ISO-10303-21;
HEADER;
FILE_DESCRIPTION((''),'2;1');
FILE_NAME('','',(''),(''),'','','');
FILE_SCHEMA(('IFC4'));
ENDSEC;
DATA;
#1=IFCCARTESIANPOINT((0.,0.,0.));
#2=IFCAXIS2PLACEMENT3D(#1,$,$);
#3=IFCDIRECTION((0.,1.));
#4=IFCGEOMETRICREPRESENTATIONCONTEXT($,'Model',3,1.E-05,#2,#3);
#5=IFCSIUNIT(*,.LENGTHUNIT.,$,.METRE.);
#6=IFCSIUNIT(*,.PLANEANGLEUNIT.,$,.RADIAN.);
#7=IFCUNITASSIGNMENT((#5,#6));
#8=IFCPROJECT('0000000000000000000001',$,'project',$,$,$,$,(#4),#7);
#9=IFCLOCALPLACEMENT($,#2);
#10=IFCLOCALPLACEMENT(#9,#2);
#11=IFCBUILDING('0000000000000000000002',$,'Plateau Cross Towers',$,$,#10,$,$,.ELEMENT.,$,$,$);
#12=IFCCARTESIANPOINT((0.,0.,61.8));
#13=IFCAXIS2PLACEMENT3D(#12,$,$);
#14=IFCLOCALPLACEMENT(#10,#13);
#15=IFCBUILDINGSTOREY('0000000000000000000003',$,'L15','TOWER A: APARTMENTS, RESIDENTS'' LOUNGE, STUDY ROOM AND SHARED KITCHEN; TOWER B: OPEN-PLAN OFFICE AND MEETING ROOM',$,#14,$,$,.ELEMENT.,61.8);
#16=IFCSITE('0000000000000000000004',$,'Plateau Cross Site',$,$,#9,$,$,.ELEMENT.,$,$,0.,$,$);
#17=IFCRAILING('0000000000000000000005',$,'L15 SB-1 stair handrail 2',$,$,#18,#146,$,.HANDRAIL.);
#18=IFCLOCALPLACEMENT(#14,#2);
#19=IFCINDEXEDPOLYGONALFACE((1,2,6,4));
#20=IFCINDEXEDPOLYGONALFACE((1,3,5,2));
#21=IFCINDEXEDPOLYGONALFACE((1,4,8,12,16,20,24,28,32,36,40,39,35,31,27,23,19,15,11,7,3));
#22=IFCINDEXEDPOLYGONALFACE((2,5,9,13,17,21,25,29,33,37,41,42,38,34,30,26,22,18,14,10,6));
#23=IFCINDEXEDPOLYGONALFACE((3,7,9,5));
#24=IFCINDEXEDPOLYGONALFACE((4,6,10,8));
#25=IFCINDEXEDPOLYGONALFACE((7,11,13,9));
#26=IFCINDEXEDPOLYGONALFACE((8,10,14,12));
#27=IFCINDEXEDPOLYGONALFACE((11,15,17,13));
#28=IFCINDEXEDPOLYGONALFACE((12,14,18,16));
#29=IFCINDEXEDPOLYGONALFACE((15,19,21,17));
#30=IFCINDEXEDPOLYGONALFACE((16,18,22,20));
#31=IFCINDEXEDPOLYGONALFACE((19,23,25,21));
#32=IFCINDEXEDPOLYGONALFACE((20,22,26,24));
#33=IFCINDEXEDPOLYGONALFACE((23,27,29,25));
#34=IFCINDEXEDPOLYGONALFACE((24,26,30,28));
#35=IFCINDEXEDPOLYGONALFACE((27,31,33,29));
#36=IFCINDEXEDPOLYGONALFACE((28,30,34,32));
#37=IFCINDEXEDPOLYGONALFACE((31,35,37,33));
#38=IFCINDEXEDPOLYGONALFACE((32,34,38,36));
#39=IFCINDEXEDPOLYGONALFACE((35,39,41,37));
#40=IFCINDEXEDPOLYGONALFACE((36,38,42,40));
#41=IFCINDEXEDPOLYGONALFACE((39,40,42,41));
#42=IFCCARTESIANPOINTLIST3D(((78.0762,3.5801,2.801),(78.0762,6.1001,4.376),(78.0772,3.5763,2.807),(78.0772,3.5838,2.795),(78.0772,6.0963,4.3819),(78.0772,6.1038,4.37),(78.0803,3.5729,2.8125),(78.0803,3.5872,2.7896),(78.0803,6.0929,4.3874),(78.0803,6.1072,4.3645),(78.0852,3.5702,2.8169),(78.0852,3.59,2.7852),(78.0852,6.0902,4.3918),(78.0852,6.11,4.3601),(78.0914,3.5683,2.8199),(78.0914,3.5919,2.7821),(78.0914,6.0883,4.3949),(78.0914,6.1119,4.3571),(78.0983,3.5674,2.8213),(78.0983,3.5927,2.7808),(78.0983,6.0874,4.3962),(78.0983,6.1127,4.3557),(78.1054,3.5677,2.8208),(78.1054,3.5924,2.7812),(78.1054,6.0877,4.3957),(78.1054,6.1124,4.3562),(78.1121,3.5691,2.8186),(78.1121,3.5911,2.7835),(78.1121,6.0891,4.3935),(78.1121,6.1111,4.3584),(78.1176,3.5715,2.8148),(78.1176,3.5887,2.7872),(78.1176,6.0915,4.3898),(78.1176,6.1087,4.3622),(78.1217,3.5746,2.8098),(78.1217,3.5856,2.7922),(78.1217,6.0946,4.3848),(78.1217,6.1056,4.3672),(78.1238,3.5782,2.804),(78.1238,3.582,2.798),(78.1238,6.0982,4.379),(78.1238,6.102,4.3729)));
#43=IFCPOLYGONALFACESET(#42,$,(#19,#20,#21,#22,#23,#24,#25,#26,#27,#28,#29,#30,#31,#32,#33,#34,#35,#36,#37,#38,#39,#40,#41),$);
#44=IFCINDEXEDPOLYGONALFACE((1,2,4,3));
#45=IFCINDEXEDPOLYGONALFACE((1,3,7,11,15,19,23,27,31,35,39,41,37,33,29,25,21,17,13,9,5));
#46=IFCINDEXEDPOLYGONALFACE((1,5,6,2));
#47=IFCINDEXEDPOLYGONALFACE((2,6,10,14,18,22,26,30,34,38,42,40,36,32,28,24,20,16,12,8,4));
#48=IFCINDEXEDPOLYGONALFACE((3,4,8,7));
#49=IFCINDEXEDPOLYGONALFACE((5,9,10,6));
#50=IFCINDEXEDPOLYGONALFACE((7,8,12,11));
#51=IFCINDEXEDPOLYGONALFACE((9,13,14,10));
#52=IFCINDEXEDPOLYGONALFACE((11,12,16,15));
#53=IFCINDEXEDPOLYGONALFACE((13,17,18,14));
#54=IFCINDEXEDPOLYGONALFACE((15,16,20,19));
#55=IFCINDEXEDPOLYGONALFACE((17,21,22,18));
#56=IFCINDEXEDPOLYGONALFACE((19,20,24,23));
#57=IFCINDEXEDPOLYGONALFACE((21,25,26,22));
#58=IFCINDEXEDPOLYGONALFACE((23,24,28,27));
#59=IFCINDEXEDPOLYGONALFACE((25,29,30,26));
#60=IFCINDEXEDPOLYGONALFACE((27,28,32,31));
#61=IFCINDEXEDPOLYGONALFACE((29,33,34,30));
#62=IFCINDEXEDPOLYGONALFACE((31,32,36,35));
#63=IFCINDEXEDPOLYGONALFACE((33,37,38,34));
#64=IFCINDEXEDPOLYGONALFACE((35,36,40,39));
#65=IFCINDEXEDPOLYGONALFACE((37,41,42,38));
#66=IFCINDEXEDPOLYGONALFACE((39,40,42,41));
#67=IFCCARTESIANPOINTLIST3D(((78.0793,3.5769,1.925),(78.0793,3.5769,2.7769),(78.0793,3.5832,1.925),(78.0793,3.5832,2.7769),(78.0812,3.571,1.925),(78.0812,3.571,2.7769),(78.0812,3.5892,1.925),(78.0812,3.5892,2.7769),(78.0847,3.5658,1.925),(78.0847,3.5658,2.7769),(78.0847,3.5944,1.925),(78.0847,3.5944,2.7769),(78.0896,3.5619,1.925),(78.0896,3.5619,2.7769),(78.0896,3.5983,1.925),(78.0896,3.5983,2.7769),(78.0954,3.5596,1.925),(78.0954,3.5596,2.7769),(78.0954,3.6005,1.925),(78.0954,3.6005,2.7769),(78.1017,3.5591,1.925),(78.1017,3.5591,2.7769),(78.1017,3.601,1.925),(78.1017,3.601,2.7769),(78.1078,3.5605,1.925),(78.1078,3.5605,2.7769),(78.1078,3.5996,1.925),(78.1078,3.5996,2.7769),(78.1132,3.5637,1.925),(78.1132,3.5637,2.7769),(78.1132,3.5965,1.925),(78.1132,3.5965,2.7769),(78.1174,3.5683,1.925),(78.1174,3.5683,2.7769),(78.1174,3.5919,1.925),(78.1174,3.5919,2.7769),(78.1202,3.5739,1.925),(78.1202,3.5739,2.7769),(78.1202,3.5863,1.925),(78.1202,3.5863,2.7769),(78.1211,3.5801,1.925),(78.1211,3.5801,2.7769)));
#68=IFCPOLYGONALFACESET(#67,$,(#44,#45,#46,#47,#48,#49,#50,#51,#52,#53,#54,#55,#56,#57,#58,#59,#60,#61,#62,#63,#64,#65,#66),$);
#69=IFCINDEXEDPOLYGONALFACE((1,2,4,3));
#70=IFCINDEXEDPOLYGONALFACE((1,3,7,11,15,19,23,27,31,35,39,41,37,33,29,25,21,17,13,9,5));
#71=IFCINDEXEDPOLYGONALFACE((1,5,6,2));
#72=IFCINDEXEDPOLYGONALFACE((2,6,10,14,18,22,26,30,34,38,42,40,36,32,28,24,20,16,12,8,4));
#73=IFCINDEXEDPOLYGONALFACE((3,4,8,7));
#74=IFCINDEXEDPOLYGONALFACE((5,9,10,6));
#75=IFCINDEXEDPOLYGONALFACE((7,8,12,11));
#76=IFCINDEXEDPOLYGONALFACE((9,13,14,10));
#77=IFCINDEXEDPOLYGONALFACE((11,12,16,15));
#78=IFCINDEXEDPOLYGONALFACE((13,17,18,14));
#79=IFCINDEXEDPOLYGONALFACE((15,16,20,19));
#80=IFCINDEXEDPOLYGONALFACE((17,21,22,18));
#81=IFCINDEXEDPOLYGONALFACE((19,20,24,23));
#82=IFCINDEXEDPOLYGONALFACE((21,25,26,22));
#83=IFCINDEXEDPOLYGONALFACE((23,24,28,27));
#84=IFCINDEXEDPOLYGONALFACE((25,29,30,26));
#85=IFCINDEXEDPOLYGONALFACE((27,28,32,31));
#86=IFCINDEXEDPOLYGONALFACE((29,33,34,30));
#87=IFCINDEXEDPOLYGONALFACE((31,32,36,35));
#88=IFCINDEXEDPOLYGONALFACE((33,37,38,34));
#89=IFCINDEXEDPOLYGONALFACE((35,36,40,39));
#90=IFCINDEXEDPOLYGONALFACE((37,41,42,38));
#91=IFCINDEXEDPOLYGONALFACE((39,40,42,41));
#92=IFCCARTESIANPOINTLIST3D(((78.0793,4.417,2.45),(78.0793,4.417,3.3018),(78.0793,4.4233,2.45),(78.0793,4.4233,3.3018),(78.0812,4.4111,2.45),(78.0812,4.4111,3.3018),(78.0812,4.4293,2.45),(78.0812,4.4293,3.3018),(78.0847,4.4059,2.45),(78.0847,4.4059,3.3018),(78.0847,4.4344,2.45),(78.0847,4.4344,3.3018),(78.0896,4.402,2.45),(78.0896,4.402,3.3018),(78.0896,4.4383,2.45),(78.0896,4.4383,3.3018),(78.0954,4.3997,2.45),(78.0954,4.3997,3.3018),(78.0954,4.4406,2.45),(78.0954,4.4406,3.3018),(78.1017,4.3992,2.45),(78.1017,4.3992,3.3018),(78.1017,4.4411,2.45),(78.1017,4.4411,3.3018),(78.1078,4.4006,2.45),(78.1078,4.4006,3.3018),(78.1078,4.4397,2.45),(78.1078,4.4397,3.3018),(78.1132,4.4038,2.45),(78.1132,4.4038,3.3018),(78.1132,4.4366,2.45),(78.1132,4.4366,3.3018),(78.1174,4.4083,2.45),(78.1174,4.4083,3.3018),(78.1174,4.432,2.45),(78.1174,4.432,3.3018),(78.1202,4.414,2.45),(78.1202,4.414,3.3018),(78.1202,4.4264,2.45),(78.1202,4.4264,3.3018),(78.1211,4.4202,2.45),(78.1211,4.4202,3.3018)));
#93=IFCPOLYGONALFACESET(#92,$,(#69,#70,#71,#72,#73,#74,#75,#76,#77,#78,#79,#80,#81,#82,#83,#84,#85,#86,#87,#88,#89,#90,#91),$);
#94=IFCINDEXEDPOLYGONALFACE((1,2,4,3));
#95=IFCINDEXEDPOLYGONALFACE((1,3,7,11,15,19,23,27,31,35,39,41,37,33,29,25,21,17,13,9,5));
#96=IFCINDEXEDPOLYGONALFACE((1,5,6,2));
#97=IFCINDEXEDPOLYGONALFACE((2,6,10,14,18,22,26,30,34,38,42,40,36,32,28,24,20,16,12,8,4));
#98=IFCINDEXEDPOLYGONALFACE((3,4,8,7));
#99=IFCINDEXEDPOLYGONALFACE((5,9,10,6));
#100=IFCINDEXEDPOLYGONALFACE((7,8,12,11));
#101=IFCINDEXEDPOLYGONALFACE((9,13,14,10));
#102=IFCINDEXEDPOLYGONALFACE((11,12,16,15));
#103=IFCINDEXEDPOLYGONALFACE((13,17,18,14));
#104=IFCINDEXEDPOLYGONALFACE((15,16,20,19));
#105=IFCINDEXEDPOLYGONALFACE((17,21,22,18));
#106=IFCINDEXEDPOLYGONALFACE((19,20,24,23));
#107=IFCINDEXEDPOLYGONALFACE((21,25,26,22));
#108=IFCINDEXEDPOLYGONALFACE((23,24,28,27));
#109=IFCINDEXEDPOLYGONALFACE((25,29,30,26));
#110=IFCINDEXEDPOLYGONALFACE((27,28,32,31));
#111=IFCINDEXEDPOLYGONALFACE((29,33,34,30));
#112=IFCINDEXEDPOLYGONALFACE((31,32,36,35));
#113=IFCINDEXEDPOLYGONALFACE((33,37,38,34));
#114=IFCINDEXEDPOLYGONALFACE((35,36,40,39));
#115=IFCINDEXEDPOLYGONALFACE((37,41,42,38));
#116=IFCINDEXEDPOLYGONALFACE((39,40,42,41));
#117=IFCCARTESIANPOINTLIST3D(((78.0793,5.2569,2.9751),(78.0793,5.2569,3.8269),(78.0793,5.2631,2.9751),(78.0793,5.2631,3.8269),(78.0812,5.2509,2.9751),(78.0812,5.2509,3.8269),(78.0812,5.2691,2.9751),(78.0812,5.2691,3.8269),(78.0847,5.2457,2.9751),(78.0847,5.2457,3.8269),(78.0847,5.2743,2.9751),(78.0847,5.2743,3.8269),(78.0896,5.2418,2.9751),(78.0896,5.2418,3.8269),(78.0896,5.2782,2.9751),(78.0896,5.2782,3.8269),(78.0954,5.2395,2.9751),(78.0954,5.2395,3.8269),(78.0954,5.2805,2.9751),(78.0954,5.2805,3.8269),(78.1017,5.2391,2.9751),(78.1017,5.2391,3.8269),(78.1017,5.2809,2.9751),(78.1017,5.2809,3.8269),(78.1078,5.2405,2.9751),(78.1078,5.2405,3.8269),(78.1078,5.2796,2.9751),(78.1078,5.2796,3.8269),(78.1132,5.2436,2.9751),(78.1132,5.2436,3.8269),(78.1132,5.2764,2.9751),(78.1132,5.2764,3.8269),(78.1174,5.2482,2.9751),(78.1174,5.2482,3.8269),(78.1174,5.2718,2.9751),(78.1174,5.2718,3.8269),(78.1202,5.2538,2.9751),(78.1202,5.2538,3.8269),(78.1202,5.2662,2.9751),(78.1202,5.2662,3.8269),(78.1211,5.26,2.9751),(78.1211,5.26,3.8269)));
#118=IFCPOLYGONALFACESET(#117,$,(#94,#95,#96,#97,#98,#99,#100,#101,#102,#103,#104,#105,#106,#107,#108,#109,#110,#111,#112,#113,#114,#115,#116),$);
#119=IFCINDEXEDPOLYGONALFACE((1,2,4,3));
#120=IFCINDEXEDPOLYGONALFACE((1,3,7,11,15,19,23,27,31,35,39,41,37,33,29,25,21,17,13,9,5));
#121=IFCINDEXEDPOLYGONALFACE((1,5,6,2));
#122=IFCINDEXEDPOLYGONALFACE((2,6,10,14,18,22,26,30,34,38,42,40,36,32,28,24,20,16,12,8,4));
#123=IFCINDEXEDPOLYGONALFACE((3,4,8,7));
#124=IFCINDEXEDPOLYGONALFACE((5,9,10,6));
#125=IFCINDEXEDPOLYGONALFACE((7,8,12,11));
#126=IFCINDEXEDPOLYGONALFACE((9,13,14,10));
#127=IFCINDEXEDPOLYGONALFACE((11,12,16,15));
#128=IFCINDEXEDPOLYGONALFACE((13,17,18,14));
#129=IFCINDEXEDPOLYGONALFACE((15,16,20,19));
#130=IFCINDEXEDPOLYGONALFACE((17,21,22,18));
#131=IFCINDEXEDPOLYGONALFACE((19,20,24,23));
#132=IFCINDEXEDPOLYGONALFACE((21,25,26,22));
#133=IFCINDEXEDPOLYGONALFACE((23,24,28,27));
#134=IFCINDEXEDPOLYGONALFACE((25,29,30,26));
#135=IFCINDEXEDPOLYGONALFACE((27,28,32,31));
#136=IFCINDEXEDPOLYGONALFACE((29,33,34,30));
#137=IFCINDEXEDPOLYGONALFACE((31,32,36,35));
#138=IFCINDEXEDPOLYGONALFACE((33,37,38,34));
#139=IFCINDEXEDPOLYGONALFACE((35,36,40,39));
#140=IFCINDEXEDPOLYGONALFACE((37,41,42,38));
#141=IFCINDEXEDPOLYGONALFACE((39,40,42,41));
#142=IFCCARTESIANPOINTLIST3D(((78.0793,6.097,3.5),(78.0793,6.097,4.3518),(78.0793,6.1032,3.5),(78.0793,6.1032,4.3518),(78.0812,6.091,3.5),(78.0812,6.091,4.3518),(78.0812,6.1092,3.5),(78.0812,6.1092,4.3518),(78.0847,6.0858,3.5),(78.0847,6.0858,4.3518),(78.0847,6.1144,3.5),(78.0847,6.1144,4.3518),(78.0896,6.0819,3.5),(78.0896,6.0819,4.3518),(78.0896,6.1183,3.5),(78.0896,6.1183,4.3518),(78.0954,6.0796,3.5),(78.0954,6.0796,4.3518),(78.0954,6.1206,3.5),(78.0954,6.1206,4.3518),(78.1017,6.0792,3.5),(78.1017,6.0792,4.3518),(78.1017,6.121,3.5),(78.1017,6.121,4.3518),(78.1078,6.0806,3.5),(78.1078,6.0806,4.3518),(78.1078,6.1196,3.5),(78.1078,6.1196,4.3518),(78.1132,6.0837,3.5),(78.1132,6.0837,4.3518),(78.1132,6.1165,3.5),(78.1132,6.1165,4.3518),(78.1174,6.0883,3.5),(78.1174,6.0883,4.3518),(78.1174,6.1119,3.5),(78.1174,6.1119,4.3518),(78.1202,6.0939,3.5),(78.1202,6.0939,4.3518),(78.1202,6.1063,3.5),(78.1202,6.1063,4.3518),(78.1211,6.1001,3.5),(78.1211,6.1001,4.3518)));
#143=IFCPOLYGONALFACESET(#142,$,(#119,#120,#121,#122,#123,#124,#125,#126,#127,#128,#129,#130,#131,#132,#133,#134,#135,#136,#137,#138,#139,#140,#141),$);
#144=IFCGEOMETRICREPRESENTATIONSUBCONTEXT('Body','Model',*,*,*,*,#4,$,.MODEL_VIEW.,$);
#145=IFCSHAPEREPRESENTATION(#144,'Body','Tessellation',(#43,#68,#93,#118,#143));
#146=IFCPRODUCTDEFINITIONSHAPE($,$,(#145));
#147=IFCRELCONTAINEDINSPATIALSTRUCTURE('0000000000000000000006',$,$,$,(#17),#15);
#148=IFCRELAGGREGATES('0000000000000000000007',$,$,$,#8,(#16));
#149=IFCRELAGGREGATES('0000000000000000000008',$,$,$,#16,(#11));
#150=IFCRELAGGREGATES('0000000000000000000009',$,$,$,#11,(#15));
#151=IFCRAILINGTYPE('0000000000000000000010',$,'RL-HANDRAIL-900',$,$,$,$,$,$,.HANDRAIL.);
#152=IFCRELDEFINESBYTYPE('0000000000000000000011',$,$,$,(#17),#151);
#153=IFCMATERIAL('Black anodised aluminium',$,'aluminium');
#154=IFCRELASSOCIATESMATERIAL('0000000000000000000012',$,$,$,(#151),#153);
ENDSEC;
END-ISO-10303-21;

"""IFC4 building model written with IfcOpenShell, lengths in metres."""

from ifc_helpers import new_model, si_unit, direction, frame, origin, origin_2d, place, context, subcontext, project, spatial, circle, extrude, material, type_object, element, save


model = new_model("IFC4")

# Units and contexts
model_context = context("Model", 3, precision=1e-05, world=origin(), true_north=direction((0.0, 1.0)))
body_context = subcontext(model_context, "Body", "Model", "MODEL_VIEW")
ifc_project = project(units=[si_unit("LENGTHUNIT", "METRE"), si_unit("PLANEANGLEUNIT", "RADIAN")], contexts=[model_context])

# Site, building, storey
site_placement = place(None, origin())
site = spatial("IfcSite", under=ifc_project, at=site_placement, Name="Plateau Cross Site", CompositionType="ELEMENT", RefElevation=0.0)
building_placement = place(site_placement, origin())
building = spatial("IfcBuilding", under=site, at=building_placement, Name="Plateau Cross Towers", CompositionType="ELEMENT")
storey_placement = place(building_placement, frame((0.0, 0.0, 61.8)))
storey = spatial("IfcBuildingStorey", under=building, at=storey_placement, Name="L15", Description="TOWER A: APARTMENTS, RESIDENTS' LOUNGE, STUDY ROOM AND SHARED KITCHEN; TOWER B: OPEN-PLAN OFFICE AND MEETING ROOM", CompositionType="ELEMENT", Elevation=61.8)

# Railing
ifc_material_1 = material(Name="Black anodised aluminium", Category="aluminium")
railing_type_1 = type_object("IfcRailingType", Name="RL-HANDRAIL-900", PredefinedType="HANDRAIL", material=ifc_material_1)
railing_1_placement = place(storey_placement, frame((78.1001, 3.5801, 1.925)))
element("IfcRailing", 1, at=railing_1_placement, inside=storey, type_object=railing_type_1, Name="L15 SB-1 stair handrail 2", PredefinedType="HANDRAIL", context=body_context, shape_type="SweptSolid", body=[
    extrude(circle(Radius=0.0239, at=origin_2d()), frame((0.0, 0.0, 0.876), z_axis=(0.0, 0.848008, 0.529984), x_axis=(-1.0, 0.0, 0.0)), (0.0, 0.0, 1.0), 2.9717),
    extrude(circle(Radius=0.021, at=origin_2d()), origin(), (0.0, 0.0, 1.0), 0.8518),
    extrude(circle(Radius=0.021, at=origin_2d()), frame((0.0, 0.8401, 0.5249)), (0.0, 0.0, 1.0), 0.8518),
    extrude(circle(Radius=0.021, at=origin_2d()), frame((0.0, 1.6799, 1.05)), (0.0, 0.0, 1.0), 0.8518),
    extrude(circle(Radius=0.021, at=origin_2d()), frame((0.0, 2.52, 1.575)), (0.0, 0.0, 1.0), 0.8518),
])

save(model, "model.ifc")
